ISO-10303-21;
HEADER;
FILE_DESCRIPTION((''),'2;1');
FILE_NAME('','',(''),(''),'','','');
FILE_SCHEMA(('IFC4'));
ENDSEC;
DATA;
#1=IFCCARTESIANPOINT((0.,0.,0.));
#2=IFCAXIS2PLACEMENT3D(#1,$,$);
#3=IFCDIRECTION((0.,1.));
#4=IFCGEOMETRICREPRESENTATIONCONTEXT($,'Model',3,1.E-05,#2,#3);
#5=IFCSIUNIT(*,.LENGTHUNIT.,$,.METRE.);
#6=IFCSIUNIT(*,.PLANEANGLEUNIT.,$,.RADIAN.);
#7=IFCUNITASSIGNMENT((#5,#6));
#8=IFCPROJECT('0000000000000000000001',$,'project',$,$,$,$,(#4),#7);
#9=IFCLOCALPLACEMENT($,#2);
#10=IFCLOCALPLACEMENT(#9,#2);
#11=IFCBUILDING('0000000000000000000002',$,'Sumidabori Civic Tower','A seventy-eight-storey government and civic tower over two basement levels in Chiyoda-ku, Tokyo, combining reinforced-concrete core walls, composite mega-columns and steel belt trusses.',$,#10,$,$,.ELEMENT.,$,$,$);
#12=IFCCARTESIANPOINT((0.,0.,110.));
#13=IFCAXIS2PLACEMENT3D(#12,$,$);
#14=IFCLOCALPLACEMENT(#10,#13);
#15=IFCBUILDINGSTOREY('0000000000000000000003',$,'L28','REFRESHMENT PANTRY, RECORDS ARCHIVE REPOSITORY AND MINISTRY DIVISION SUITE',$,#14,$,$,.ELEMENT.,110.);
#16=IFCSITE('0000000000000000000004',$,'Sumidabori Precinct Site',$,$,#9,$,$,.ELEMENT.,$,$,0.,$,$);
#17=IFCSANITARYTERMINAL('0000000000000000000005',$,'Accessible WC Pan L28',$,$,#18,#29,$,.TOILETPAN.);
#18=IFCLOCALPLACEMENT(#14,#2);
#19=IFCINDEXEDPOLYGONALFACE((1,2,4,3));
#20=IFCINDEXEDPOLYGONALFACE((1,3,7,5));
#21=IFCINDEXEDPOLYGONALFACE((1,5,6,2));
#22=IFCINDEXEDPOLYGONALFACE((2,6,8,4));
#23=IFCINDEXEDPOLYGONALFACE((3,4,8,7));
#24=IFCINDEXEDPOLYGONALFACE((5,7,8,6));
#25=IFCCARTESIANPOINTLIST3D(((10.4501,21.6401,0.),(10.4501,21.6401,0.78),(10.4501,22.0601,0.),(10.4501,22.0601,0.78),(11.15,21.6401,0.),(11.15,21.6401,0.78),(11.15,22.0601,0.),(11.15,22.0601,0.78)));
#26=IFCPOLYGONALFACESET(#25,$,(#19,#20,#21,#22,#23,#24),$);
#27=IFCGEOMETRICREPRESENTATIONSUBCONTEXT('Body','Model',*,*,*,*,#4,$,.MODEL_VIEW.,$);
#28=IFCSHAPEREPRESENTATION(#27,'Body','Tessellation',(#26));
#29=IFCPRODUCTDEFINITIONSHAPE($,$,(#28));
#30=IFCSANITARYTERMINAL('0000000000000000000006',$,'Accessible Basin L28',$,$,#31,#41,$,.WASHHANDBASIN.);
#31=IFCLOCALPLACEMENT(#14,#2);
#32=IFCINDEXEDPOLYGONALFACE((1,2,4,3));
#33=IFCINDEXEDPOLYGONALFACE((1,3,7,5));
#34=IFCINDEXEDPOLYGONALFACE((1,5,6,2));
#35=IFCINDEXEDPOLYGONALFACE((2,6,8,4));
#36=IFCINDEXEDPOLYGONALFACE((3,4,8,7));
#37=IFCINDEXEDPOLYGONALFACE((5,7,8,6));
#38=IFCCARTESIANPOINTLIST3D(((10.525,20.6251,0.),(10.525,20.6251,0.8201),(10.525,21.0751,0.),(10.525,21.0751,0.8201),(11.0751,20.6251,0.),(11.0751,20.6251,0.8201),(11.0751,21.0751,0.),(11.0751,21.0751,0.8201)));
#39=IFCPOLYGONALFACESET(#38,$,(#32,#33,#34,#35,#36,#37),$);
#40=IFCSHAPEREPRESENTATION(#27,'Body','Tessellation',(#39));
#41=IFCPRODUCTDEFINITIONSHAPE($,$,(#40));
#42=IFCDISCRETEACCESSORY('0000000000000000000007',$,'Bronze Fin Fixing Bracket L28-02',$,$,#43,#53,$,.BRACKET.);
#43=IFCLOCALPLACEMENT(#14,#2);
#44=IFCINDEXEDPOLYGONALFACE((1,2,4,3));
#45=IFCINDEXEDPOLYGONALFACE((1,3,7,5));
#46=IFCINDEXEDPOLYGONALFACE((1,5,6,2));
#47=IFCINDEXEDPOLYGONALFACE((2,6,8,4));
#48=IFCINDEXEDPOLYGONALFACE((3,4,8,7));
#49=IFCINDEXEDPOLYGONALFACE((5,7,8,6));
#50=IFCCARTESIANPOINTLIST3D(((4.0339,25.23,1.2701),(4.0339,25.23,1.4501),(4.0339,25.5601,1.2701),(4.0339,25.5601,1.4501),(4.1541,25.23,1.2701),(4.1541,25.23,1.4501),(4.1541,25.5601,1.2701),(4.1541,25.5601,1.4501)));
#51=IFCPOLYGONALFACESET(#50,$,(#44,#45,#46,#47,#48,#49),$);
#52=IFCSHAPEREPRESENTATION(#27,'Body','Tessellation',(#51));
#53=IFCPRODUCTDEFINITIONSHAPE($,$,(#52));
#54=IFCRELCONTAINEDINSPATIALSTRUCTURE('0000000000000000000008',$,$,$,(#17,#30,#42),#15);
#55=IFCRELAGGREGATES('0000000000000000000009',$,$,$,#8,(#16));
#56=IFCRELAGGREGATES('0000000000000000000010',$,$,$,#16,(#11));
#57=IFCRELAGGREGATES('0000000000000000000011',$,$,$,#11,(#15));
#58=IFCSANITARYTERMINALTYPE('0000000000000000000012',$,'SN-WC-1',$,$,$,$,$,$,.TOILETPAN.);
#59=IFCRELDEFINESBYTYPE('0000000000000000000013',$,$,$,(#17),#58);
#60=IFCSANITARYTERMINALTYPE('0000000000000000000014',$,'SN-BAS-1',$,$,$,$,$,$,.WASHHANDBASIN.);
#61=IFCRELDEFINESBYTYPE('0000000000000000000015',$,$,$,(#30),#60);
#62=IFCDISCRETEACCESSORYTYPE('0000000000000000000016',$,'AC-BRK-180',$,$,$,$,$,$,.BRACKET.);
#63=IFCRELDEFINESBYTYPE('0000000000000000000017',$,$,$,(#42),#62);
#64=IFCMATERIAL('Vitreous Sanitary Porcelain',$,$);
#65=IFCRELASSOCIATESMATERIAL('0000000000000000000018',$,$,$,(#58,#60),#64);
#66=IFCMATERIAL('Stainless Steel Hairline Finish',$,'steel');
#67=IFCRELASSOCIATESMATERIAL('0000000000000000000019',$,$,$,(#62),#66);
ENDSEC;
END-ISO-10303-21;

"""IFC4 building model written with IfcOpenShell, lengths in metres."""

from ifc_helpers import new_model, si_unit, direction, frame, origin, origin_2d, place, context, subcontext, project, spatial, rectangle, extrude, source, transform, mapped, material, material_profile, profile_set, type_object, element, save


model = new_model("IFC4")

# Units and contexts
model_context = context("Model", 3, precision=1e-05, world=origin(), true_north=direction((0.0, 1.0)))
body_context = subcontext(model_context, "Body", "Model", "MODEL_VIEW")
ifc_project = project(units=[si_unit("LENGTHUNIT", "METRE"), si_unit("PLANEANGLEUNIT", "RADIAN")], contexts=[model_context])

# Site, building, storey
site_placement = place(None, origin())
site = spatial("IfcSite", under=ifc_project, at=site_placement, Name="Sumidabori Precinct Site", CompositionType="ELEMENT", RefElevation=0.0)
building_placement = place(site_placement, origin())
building = spatial("IfcBuilding", under=site, at=building_placement, Name="Sumidabori Civic Tower", Description="A seventy-eight-storey government and civic tower over two basement levels in Chiyoda-ku, Tokyo, combining reinforced-concrete core walls, composite mega-columns and steel belt trusses.", CompositionType="ELEMENT")
storey_placement = place(building_placement, frame((0.0, 0.0, 110.0)))
storey = spatial("IfcBuildingStorey", under=building, at=storey_placement, Name="L28", Description="REFRESHMENT PANTRY, RECORDS ARCHIVE REPOSITORY AND MINISTRY DIVISION SUITE", CompositionType="ELEMENT", Elevation=110.0)

# Shared definitions
ifc_material_1 = material(Name="Stainless Steel Hairline Finish", Category="steel")

# Sanitary terminals
ifc_material_2 = material(Name="Vitreous Sanitary Porcelain")
sanitary_terminal_type_1 = type_object("IfcSanitaryTerminalType", Name="SN-WC-1", PredefinedType="TOILETPAN", material=ifc_material_2)
shared_shape_1 = source(origin(), body_context, "Body", "SweptSolid", [
    extrude(rectangle(XDim=0.7, YDim=0.4199, at=origin_2d()), origin(), (0.0, 0.0, 1.0), 0.78),
])
sanitary_terminal_1_placement = place(storey_placement, frame((10.8, 21.8501, 0.0), z_axis=(0.0, 0.0, 1.0), x_axis=(1.0, 0.0, 0.0)))
element("IfcSanitaryTerminal", 1, at=sanitary_terminal_1_placement, inside=storey, type_object=sanitary_terminal_type_1, Name="Accessible WC Pan L28", PredefinedType="TOILETPAN", context=body_context, shape_type="MappedRepresentation", body=[
    mapped(shared_shape_1, transform((0.0, 0.0, 0.0), x_axis=(1.0, 0.0, 0.0), y_axis=(0.0, 1.0, 0.0), z_axis=(0.0, 0.0, 1.0), scale=1.0)),
])
sanitary_terminal_type_2 = type_object("IfcSanitaryTerminalType", Name="SN-BAS-1", PredefinedType="WASHHANDBASIN", material=ifc_material_2)
shared_shape_2 = source(origin(), body_context, "Body", "SweptSolid", [
    extrude(rectangle(XDim=0.55, YDim=0.45, at=origin_2d()), origin(), (0.0, 0.0, 1.0), 0.8201),
])
sanitary_terminal_2_placement = place(storey_placement, frame((10.8, 20.8501, 0.0), z_axis=(0.0, 0.0, 1.0), x_axis=(1.0, 0.0, 0.0)))
element("IfcSanitaryTerminal", 2, at=sanitary_terminal_2_placement, inside=storey, type_object=sanitary_terminal_type_2, Name="Accessible Basin L28", PredefinedType="WASHHANDBASIN", context=body_context, shape_type="MappedRepresentation", body=[
    mapped(shared_shape_2, transform((0.0, 0.0, 0.0), x_axis=(1.0, 0.0, 0.0), y_axis=(0.0, 1.0, 0.0), z_axis=(0.0, 0.0, 1.0), scale=1.0)),
])

# Discrete accessory
ifc_material_profile_1 = material_profile(ifc_material_1, rectangle(XDim=0.1201, YDim=0.1799, at=origin_2d()), Name="STEEL BRACKET 180x120")
ifc_profile_set_1 = profile_set([ifc_material_profile_1], Name="Stainless Steel Hairline Finish")
discrete_accessory_type = type_object("IfcDiscreteAccessoryType", Name="AC-BRK-180", PredefinedType="BRACKET", material=ifc_profile_set_1)
shared_shape_3 = source(origin(), body_context, "Body", "SweptSolid", [
    extrude(rectangle(XDim=0.1201, YDim=0.1799, at=origin_2d()), origin(), (0.0, 0.0, 1.0), 0.3301),
])
discrete_accessory_placement = place(storey_placement, frame((4.094, 25.23, 1.3601), z_axis=(0.0, 1.0, 0.0), x_axis=(-1.0, 0.0, 0.0)))
element("IfcDiscreteAccessory", 3, at=discrete_accessory_placement, inside=storey, type_object=discrete_accessory_type, Name="Bronze Fin Fixing Bracket L28-02", PredefinedType="BRACKET", context=body_context, shape_type="MappedRepresentation", body=[
    mapped(shared_shape_3, transform((0.0, 0.0, 0.0), x_axis=(1.0, 0.0, 0.0), y_axis=(0.0, 1.0, 0.0), z_axis=(0.0, 0.0, 1.0), scale=1.0)),
])

save(model, "model.ifc")
